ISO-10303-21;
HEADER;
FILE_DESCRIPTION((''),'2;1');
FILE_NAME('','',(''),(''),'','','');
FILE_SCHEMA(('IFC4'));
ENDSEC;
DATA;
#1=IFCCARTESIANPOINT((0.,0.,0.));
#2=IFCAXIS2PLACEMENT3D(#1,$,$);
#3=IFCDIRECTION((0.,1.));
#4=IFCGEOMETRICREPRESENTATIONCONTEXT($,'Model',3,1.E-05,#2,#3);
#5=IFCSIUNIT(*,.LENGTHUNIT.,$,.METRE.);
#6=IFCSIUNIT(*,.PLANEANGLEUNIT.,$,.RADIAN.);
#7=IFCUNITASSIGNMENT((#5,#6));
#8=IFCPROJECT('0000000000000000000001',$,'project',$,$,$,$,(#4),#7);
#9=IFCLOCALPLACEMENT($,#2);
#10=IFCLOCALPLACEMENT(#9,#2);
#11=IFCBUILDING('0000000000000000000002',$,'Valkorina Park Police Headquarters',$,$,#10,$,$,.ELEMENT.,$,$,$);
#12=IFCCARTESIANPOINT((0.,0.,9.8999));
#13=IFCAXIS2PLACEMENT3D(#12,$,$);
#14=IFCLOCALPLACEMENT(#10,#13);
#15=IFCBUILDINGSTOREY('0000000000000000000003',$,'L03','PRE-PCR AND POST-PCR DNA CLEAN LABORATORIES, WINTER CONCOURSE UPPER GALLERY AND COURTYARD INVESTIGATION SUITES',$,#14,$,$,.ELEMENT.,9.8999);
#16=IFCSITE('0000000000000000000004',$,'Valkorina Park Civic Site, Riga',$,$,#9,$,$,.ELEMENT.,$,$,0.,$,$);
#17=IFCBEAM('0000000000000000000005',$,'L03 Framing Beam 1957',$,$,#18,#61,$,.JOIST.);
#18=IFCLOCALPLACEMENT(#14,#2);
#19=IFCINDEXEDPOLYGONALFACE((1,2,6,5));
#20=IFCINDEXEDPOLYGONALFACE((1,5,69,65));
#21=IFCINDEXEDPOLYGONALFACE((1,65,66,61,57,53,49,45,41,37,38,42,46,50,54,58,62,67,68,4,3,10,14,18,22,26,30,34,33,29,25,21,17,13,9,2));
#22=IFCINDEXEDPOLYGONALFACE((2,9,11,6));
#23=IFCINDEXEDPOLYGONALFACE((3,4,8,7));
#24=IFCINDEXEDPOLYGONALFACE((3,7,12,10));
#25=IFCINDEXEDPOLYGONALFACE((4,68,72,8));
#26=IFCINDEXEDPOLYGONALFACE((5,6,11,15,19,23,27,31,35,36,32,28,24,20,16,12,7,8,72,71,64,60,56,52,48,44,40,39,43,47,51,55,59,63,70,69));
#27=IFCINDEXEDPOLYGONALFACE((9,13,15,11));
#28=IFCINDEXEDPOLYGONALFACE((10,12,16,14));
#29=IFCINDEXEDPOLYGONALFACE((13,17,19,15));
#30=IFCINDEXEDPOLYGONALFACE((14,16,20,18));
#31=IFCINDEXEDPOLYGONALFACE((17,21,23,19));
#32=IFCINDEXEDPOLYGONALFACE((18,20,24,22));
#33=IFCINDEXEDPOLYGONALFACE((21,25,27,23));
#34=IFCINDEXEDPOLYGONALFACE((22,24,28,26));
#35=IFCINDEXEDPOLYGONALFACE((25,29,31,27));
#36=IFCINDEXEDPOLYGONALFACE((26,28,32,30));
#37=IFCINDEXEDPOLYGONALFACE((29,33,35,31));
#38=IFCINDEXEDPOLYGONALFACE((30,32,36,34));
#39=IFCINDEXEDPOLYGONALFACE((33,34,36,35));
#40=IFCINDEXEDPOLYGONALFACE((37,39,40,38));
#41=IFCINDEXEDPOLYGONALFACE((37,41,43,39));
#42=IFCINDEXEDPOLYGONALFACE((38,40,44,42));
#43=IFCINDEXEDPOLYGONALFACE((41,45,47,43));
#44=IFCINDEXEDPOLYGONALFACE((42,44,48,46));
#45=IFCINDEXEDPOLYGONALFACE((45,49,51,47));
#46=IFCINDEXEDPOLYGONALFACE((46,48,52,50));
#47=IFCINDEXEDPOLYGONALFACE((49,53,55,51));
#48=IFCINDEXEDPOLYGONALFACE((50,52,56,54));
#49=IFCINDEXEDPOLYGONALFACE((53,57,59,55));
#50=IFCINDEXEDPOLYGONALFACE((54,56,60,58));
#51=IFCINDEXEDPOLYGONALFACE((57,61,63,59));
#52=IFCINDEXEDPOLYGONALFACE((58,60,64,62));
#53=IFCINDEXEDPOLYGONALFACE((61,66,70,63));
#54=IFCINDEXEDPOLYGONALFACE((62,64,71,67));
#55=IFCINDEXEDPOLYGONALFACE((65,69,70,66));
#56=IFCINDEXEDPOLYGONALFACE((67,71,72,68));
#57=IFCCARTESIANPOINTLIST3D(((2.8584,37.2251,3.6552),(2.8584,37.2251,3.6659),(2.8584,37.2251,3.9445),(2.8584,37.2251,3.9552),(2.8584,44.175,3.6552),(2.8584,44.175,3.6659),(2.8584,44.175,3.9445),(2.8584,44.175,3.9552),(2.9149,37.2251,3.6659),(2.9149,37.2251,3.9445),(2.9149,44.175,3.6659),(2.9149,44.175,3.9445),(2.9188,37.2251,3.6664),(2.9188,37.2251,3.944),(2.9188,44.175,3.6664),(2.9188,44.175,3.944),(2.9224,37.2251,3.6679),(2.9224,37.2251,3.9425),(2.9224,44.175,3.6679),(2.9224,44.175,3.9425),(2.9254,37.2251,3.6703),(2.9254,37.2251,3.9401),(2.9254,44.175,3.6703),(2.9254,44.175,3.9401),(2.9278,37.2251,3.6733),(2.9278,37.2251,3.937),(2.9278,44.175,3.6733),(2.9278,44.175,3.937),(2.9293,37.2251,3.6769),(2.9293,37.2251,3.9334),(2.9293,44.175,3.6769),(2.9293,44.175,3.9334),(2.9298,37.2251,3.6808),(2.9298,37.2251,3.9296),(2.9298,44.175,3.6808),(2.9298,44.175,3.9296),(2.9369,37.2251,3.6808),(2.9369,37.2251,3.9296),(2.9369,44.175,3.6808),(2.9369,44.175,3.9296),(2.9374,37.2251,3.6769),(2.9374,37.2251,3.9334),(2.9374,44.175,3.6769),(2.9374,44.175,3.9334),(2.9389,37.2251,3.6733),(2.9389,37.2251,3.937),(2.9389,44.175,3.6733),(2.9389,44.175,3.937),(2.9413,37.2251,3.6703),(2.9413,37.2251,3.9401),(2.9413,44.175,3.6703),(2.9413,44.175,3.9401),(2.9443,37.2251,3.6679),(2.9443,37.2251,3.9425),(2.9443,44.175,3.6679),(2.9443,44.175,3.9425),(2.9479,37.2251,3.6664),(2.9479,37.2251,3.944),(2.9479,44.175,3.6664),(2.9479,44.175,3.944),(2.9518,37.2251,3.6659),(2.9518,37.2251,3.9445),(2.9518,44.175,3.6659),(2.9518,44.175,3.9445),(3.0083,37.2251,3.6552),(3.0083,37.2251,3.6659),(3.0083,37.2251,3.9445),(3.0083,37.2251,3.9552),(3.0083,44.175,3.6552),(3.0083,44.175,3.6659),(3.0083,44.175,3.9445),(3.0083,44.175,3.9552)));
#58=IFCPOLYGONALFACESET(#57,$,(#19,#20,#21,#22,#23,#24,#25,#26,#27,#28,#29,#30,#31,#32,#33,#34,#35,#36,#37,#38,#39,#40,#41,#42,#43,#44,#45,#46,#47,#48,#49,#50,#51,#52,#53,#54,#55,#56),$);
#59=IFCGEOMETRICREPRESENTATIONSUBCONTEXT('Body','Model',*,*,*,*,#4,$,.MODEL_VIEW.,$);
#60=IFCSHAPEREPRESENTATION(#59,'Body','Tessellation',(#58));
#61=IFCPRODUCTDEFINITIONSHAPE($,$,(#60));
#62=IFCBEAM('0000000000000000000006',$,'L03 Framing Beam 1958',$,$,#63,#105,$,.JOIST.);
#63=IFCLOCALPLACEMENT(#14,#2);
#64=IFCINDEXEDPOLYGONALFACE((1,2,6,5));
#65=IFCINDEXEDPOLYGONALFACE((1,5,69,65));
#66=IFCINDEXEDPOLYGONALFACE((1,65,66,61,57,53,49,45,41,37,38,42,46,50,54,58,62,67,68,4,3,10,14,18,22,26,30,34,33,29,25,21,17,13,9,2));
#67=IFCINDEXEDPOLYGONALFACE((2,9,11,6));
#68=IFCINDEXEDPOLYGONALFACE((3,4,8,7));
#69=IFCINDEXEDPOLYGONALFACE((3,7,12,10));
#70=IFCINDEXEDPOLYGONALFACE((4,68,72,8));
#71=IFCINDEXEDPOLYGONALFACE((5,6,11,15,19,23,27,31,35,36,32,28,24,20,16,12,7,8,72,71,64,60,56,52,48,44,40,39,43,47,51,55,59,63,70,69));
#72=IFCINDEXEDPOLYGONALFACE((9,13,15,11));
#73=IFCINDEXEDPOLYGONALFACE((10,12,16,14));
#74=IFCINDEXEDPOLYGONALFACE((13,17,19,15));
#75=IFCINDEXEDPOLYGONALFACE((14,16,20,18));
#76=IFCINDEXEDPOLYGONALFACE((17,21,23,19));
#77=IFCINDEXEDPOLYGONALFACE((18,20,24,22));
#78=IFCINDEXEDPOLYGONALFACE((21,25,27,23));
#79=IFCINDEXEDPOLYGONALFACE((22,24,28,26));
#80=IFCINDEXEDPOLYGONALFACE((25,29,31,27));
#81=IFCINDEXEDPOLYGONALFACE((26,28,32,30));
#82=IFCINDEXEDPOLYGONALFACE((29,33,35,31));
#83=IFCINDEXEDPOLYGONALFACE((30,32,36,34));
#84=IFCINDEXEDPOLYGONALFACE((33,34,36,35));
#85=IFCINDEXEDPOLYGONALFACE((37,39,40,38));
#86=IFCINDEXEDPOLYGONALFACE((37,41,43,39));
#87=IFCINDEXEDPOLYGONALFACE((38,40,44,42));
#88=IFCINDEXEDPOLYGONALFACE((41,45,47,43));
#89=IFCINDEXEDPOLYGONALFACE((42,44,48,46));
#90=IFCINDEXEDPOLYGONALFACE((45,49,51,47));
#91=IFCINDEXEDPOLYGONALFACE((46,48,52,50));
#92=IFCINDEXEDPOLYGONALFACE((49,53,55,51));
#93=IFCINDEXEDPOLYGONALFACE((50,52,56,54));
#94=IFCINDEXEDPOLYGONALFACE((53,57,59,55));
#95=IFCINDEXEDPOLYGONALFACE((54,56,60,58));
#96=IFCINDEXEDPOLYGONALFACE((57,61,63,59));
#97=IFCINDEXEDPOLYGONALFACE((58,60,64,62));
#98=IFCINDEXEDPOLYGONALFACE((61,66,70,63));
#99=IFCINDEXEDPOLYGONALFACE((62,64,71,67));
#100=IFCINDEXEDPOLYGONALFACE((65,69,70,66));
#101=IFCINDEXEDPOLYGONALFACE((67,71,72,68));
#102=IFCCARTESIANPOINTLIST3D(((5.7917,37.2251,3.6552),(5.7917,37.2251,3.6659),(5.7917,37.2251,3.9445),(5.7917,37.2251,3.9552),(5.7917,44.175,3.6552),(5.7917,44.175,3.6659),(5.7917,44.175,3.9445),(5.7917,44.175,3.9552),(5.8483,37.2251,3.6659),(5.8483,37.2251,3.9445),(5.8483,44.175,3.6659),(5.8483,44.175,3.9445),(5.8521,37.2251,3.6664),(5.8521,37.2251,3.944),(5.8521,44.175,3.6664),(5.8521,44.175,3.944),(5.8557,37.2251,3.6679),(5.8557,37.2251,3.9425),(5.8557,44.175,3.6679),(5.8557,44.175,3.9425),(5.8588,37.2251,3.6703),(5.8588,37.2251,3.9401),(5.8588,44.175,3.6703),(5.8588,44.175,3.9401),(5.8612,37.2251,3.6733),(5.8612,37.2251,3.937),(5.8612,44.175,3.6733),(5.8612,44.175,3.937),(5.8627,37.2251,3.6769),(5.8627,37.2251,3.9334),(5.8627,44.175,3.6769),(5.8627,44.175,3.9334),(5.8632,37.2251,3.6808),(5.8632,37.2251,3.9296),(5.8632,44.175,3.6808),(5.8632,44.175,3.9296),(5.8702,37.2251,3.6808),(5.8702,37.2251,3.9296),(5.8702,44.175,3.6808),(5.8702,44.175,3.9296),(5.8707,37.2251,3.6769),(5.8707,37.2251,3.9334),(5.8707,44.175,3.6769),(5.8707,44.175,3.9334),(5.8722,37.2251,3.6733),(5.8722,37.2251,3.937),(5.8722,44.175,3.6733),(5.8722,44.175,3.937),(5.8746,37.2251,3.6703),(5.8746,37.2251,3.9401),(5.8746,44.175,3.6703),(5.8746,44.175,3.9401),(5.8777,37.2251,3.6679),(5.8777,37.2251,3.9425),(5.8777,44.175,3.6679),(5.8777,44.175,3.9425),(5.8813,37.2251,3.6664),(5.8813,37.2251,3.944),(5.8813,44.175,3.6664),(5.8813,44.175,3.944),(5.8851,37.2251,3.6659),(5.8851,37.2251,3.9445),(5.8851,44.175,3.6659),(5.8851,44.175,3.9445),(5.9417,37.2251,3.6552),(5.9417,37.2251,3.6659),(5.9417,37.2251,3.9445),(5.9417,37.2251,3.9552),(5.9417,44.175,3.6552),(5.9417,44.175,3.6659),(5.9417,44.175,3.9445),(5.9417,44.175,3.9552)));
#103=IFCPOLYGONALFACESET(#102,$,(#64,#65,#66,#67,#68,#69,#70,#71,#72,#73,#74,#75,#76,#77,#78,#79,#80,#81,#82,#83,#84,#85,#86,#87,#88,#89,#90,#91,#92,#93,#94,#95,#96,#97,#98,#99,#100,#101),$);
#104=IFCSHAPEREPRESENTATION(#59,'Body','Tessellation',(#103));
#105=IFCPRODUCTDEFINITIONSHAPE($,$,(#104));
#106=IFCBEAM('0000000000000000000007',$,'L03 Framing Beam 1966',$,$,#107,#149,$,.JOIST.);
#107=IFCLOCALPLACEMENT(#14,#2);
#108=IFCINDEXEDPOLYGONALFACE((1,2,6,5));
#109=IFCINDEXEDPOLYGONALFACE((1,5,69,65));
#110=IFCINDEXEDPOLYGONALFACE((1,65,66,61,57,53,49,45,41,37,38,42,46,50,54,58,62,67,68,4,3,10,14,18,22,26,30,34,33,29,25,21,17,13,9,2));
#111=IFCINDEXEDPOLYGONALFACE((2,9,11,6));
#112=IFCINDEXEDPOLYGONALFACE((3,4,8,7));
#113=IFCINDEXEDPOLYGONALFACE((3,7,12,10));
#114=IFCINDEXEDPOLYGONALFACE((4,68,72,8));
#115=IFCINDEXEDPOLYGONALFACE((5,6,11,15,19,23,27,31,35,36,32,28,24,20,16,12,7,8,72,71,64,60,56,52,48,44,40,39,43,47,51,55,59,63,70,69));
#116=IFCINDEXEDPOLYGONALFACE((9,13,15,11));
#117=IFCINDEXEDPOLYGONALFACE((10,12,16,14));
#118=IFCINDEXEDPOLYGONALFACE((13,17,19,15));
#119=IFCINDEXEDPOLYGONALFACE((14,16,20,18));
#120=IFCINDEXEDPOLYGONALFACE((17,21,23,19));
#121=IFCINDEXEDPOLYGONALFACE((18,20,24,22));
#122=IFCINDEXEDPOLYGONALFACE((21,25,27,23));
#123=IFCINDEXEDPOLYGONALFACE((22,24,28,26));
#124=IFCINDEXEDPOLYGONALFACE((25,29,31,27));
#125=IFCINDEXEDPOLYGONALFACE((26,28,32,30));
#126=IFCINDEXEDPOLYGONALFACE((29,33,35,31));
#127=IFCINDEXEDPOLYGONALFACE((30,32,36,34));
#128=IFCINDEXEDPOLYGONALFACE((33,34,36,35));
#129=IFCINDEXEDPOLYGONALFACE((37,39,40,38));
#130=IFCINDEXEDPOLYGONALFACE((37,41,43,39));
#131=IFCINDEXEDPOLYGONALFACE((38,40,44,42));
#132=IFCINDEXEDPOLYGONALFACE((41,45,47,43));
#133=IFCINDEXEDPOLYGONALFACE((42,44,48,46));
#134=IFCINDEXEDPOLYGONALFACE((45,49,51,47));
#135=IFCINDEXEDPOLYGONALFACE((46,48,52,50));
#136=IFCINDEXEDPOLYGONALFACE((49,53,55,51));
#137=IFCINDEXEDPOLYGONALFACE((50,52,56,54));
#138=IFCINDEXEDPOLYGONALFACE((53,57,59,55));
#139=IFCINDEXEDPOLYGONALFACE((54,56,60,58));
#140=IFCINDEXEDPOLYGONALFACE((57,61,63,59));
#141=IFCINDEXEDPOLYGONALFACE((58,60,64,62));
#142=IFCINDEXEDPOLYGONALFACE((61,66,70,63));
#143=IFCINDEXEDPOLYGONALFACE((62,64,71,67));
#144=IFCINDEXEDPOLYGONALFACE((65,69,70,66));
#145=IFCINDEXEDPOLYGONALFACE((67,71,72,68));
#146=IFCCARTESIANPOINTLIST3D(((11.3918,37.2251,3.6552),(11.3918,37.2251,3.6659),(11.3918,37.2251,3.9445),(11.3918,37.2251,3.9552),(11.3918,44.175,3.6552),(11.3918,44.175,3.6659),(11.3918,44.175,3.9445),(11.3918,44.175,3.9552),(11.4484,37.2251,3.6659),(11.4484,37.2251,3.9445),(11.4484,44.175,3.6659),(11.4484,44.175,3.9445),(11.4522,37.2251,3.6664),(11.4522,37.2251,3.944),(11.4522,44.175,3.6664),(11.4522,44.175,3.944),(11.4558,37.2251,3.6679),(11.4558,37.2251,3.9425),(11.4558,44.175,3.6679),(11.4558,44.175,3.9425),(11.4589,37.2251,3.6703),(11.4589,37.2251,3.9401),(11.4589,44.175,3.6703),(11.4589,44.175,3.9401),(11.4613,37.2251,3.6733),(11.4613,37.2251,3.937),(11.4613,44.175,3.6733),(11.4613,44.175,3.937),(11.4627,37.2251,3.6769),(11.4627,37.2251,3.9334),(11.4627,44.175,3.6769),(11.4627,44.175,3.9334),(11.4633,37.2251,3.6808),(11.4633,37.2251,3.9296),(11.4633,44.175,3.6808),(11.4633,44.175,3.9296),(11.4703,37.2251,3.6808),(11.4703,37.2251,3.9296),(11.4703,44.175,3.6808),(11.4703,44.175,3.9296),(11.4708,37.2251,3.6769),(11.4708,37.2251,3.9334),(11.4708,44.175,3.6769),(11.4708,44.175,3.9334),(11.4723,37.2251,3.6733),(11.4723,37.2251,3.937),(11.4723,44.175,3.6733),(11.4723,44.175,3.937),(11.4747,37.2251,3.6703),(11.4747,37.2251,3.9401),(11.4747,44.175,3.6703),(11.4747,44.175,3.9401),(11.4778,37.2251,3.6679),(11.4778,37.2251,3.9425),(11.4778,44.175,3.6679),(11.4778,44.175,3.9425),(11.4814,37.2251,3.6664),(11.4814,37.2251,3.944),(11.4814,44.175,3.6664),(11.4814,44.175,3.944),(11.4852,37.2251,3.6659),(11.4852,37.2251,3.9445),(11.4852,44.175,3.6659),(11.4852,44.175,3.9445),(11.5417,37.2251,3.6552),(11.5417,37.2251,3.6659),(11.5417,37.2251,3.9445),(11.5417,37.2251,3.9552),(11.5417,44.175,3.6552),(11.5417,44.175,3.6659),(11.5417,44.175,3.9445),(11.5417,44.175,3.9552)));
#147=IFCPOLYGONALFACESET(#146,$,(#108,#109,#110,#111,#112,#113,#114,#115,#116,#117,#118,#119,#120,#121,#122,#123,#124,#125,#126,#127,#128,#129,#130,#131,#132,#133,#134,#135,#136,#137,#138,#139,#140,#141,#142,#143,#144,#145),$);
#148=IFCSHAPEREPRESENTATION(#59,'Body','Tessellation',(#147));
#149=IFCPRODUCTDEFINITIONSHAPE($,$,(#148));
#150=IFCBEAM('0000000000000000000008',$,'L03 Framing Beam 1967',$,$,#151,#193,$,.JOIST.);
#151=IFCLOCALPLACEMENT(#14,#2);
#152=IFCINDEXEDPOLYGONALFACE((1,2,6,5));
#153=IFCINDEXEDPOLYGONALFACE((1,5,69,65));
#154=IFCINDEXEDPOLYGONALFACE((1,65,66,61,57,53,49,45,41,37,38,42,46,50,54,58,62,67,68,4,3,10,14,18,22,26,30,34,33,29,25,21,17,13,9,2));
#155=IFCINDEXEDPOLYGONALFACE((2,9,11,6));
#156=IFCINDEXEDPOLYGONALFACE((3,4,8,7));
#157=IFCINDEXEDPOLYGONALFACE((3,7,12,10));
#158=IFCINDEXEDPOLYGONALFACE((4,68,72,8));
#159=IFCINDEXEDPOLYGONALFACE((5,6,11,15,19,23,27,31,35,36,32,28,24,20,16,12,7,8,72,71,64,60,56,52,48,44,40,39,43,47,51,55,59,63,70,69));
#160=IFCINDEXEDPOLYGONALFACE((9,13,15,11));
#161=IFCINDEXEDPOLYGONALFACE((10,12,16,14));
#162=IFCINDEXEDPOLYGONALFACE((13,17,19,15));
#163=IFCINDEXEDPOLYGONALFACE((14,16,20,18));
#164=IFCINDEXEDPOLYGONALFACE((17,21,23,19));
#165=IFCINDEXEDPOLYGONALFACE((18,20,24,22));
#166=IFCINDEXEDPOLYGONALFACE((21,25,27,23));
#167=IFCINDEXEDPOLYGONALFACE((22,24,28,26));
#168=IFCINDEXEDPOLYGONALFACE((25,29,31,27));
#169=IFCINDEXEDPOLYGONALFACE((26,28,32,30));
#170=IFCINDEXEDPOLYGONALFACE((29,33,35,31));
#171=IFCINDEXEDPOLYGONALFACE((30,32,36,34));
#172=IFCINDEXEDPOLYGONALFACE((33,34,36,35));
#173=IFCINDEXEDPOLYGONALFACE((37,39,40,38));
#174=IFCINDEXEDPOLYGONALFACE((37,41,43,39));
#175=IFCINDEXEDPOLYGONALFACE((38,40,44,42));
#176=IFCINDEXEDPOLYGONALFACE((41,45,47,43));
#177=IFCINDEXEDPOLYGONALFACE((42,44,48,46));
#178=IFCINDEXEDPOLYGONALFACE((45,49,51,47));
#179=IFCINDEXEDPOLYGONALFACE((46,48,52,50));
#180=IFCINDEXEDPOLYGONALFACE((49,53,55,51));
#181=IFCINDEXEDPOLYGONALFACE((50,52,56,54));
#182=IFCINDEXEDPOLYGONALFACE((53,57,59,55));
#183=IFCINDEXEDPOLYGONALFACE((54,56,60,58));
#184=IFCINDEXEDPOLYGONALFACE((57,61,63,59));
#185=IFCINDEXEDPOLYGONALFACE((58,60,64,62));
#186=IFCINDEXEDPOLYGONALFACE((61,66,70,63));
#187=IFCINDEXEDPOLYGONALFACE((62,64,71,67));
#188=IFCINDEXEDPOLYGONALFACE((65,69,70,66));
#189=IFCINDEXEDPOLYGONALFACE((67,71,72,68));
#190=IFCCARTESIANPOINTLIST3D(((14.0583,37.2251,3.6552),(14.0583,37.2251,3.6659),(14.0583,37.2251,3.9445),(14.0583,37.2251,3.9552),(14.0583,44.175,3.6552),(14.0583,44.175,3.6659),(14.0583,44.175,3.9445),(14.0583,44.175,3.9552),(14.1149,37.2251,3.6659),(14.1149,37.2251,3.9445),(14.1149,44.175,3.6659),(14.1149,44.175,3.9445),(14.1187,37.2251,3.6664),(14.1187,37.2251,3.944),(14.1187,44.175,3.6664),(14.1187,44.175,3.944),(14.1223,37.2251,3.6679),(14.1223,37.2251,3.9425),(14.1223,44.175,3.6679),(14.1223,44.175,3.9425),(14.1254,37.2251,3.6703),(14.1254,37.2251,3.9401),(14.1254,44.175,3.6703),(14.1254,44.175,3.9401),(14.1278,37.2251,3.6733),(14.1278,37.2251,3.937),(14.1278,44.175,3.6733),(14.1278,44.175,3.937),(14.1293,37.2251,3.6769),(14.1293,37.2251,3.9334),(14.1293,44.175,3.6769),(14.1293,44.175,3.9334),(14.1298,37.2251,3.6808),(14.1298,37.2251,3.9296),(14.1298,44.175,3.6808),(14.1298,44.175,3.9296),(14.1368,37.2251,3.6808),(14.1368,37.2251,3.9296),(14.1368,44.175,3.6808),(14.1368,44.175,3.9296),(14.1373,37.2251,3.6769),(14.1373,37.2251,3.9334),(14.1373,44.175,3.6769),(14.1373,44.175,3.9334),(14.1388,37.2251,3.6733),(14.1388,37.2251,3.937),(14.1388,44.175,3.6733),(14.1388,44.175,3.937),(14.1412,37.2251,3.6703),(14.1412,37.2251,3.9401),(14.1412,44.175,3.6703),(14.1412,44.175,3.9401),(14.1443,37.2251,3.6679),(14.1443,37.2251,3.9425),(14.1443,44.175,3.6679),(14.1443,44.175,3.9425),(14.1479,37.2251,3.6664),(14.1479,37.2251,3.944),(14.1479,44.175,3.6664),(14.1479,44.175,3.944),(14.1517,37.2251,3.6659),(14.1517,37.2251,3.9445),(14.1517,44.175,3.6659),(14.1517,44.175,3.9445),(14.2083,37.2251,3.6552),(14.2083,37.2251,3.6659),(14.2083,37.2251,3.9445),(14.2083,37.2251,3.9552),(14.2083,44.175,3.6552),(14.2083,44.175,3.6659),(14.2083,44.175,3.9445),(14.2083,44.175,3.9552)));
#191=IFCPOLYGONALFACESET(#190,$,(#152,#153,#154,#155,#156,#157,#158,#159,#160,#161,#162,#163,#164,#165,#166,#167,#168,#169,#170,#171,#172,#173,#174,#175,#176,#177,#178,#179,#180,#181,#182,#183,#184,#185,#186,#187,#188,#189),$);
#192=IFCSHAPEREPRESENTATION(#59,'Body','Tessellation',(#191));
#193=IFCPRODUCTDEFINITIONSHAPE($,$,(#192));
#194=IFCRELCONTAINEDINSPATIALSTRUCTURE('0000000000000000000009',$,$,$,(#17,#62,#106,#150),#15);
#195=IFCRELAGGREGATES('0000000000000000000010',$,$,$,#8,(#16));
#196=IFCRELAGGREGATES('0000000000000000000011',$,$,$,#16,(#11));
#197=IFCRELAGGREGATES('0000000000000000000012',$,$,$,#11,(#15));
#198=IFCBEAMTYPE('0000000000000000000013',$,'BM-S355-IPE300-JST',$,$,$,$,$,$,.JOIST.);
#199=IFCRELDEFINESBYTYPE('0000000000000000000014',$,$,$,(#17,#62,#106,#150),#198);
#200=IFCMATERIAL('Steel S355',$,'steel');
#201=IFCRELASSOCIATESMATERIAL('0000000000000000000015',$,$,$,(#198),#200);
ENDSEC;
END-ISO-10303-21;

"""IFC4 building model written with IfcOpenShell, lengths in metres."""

from ifc_helpers import new_model, si_unit, direction, frame, origin, origin_2d, place, context, subcontext, project, spatial, i_section, extrude, material, material_profile, profile_set, type_object, element, save


model = new_model("IFC4")

# Units and contexts
model_context = context("Model", 3, precision=1e-05, world=origin(), true_north=direction((0.0, 1.0)))
body_context = subcontext(model_context, "Body", "Model", "MODEL_VIEW")
ifc_project = project(units=[si_unit("LENGTHUNIT", "METRE"), si_unit("PLANEANGLEUNIT", "RADIAN")], contexts=[model_context])

# Site, building, storey
site_placement = place(None, origin())
site = spatial("IfcSite", under=ifc_project, at=site_placement, Name="Valkorina Park Civic Site, Riga", CompositionType="ELEMENT", RefElevation=0.0)
building_placement = place(site_placement, origin())
building = spatial("IfcBuilding", under=site, at=building_placement, Name="Valkorina Park Police Headquarters", CompositionType="ELEMENT")
storey_placement = place(building_placement, frame((0.0, 0.0, 9.8999)))
storey = spatial("IfcBuildingStorey", under=building, at=storey_placement, Name="L03", Description="PRE-PCR AND POST-PCR DNA CLEAN LABORATORIES, WINTER CONCOURSE UPPER GALLERY AND COURTYARD INVESTIGATION SUITES", CompositionType="ELEMENT", Elevation=9.8999)

# Shared definitions
ifc_material_1 = material(Name="Steel S355", Category="steel")

# Beams
ifc_material_profile_1 = material_profile(ifc_material_1, i_section(OverallWidth=0.1499, OverallDepth=0.3, WebThickness=0.0071, FlangeThickness=0.0107, FilletRadius=0.0149, at=origin_2d()), Name="IPE 300")
ifc_profile_set_1 = profile_set([ifc_material_profile_1], Name="Steel S355")
beam_type_1 = type_object("IfcBeamType", Name="BM-S355-IPE300-JST", PredefinedType="JOIST", material=ifc_profile_set_1)
for number, where, z_axis, x_axis, name in (
    (1, (2.9333, 37.2251, 3.8052), (0.0, 1.0, 0.0), (-1.0, 0.0, 0.0), "L03 Framing Beam 1957"),
    (2, (5.8667, 37.2251, 3.8052), (0.0, 1.0, 0.0), (-1.0, 0.0, 0.0), "L03 Framing Beam 1958"),
    (3, (11.4668, 37.2251, 3.8052), (0.0, 1.0, 0.0), (-1.0, 0.0, 0.0), "L03 Framing Beam 1966"),
    (4, (14.1333, 37.2251, 3.8052), (0.0, 1.0, 0.0), (-1.0, 0.0, 0.0), "L03 Framing Beam 1967"),
):
    element("IfcBeam", number, at=place(storey_placement, frame(where, z_axis=z_axis, x_axis=x_axis)), inside=storey, type_object=beam_type_1, Name=name, PredefinedType="JOIST", context=body_context, shape_type="SweptSolid", body=[
        extrude(i_section(OverallWidth=0.1499, OverallDepth=0.3, WebThickness=0.0071, FlangeThickness=0.0107, FilletRadius=0.0149, at=origin_2d()), origin(), (0.0, 0.0, 1.0), 6.95),
    ])

save(model, "model.ifc")
